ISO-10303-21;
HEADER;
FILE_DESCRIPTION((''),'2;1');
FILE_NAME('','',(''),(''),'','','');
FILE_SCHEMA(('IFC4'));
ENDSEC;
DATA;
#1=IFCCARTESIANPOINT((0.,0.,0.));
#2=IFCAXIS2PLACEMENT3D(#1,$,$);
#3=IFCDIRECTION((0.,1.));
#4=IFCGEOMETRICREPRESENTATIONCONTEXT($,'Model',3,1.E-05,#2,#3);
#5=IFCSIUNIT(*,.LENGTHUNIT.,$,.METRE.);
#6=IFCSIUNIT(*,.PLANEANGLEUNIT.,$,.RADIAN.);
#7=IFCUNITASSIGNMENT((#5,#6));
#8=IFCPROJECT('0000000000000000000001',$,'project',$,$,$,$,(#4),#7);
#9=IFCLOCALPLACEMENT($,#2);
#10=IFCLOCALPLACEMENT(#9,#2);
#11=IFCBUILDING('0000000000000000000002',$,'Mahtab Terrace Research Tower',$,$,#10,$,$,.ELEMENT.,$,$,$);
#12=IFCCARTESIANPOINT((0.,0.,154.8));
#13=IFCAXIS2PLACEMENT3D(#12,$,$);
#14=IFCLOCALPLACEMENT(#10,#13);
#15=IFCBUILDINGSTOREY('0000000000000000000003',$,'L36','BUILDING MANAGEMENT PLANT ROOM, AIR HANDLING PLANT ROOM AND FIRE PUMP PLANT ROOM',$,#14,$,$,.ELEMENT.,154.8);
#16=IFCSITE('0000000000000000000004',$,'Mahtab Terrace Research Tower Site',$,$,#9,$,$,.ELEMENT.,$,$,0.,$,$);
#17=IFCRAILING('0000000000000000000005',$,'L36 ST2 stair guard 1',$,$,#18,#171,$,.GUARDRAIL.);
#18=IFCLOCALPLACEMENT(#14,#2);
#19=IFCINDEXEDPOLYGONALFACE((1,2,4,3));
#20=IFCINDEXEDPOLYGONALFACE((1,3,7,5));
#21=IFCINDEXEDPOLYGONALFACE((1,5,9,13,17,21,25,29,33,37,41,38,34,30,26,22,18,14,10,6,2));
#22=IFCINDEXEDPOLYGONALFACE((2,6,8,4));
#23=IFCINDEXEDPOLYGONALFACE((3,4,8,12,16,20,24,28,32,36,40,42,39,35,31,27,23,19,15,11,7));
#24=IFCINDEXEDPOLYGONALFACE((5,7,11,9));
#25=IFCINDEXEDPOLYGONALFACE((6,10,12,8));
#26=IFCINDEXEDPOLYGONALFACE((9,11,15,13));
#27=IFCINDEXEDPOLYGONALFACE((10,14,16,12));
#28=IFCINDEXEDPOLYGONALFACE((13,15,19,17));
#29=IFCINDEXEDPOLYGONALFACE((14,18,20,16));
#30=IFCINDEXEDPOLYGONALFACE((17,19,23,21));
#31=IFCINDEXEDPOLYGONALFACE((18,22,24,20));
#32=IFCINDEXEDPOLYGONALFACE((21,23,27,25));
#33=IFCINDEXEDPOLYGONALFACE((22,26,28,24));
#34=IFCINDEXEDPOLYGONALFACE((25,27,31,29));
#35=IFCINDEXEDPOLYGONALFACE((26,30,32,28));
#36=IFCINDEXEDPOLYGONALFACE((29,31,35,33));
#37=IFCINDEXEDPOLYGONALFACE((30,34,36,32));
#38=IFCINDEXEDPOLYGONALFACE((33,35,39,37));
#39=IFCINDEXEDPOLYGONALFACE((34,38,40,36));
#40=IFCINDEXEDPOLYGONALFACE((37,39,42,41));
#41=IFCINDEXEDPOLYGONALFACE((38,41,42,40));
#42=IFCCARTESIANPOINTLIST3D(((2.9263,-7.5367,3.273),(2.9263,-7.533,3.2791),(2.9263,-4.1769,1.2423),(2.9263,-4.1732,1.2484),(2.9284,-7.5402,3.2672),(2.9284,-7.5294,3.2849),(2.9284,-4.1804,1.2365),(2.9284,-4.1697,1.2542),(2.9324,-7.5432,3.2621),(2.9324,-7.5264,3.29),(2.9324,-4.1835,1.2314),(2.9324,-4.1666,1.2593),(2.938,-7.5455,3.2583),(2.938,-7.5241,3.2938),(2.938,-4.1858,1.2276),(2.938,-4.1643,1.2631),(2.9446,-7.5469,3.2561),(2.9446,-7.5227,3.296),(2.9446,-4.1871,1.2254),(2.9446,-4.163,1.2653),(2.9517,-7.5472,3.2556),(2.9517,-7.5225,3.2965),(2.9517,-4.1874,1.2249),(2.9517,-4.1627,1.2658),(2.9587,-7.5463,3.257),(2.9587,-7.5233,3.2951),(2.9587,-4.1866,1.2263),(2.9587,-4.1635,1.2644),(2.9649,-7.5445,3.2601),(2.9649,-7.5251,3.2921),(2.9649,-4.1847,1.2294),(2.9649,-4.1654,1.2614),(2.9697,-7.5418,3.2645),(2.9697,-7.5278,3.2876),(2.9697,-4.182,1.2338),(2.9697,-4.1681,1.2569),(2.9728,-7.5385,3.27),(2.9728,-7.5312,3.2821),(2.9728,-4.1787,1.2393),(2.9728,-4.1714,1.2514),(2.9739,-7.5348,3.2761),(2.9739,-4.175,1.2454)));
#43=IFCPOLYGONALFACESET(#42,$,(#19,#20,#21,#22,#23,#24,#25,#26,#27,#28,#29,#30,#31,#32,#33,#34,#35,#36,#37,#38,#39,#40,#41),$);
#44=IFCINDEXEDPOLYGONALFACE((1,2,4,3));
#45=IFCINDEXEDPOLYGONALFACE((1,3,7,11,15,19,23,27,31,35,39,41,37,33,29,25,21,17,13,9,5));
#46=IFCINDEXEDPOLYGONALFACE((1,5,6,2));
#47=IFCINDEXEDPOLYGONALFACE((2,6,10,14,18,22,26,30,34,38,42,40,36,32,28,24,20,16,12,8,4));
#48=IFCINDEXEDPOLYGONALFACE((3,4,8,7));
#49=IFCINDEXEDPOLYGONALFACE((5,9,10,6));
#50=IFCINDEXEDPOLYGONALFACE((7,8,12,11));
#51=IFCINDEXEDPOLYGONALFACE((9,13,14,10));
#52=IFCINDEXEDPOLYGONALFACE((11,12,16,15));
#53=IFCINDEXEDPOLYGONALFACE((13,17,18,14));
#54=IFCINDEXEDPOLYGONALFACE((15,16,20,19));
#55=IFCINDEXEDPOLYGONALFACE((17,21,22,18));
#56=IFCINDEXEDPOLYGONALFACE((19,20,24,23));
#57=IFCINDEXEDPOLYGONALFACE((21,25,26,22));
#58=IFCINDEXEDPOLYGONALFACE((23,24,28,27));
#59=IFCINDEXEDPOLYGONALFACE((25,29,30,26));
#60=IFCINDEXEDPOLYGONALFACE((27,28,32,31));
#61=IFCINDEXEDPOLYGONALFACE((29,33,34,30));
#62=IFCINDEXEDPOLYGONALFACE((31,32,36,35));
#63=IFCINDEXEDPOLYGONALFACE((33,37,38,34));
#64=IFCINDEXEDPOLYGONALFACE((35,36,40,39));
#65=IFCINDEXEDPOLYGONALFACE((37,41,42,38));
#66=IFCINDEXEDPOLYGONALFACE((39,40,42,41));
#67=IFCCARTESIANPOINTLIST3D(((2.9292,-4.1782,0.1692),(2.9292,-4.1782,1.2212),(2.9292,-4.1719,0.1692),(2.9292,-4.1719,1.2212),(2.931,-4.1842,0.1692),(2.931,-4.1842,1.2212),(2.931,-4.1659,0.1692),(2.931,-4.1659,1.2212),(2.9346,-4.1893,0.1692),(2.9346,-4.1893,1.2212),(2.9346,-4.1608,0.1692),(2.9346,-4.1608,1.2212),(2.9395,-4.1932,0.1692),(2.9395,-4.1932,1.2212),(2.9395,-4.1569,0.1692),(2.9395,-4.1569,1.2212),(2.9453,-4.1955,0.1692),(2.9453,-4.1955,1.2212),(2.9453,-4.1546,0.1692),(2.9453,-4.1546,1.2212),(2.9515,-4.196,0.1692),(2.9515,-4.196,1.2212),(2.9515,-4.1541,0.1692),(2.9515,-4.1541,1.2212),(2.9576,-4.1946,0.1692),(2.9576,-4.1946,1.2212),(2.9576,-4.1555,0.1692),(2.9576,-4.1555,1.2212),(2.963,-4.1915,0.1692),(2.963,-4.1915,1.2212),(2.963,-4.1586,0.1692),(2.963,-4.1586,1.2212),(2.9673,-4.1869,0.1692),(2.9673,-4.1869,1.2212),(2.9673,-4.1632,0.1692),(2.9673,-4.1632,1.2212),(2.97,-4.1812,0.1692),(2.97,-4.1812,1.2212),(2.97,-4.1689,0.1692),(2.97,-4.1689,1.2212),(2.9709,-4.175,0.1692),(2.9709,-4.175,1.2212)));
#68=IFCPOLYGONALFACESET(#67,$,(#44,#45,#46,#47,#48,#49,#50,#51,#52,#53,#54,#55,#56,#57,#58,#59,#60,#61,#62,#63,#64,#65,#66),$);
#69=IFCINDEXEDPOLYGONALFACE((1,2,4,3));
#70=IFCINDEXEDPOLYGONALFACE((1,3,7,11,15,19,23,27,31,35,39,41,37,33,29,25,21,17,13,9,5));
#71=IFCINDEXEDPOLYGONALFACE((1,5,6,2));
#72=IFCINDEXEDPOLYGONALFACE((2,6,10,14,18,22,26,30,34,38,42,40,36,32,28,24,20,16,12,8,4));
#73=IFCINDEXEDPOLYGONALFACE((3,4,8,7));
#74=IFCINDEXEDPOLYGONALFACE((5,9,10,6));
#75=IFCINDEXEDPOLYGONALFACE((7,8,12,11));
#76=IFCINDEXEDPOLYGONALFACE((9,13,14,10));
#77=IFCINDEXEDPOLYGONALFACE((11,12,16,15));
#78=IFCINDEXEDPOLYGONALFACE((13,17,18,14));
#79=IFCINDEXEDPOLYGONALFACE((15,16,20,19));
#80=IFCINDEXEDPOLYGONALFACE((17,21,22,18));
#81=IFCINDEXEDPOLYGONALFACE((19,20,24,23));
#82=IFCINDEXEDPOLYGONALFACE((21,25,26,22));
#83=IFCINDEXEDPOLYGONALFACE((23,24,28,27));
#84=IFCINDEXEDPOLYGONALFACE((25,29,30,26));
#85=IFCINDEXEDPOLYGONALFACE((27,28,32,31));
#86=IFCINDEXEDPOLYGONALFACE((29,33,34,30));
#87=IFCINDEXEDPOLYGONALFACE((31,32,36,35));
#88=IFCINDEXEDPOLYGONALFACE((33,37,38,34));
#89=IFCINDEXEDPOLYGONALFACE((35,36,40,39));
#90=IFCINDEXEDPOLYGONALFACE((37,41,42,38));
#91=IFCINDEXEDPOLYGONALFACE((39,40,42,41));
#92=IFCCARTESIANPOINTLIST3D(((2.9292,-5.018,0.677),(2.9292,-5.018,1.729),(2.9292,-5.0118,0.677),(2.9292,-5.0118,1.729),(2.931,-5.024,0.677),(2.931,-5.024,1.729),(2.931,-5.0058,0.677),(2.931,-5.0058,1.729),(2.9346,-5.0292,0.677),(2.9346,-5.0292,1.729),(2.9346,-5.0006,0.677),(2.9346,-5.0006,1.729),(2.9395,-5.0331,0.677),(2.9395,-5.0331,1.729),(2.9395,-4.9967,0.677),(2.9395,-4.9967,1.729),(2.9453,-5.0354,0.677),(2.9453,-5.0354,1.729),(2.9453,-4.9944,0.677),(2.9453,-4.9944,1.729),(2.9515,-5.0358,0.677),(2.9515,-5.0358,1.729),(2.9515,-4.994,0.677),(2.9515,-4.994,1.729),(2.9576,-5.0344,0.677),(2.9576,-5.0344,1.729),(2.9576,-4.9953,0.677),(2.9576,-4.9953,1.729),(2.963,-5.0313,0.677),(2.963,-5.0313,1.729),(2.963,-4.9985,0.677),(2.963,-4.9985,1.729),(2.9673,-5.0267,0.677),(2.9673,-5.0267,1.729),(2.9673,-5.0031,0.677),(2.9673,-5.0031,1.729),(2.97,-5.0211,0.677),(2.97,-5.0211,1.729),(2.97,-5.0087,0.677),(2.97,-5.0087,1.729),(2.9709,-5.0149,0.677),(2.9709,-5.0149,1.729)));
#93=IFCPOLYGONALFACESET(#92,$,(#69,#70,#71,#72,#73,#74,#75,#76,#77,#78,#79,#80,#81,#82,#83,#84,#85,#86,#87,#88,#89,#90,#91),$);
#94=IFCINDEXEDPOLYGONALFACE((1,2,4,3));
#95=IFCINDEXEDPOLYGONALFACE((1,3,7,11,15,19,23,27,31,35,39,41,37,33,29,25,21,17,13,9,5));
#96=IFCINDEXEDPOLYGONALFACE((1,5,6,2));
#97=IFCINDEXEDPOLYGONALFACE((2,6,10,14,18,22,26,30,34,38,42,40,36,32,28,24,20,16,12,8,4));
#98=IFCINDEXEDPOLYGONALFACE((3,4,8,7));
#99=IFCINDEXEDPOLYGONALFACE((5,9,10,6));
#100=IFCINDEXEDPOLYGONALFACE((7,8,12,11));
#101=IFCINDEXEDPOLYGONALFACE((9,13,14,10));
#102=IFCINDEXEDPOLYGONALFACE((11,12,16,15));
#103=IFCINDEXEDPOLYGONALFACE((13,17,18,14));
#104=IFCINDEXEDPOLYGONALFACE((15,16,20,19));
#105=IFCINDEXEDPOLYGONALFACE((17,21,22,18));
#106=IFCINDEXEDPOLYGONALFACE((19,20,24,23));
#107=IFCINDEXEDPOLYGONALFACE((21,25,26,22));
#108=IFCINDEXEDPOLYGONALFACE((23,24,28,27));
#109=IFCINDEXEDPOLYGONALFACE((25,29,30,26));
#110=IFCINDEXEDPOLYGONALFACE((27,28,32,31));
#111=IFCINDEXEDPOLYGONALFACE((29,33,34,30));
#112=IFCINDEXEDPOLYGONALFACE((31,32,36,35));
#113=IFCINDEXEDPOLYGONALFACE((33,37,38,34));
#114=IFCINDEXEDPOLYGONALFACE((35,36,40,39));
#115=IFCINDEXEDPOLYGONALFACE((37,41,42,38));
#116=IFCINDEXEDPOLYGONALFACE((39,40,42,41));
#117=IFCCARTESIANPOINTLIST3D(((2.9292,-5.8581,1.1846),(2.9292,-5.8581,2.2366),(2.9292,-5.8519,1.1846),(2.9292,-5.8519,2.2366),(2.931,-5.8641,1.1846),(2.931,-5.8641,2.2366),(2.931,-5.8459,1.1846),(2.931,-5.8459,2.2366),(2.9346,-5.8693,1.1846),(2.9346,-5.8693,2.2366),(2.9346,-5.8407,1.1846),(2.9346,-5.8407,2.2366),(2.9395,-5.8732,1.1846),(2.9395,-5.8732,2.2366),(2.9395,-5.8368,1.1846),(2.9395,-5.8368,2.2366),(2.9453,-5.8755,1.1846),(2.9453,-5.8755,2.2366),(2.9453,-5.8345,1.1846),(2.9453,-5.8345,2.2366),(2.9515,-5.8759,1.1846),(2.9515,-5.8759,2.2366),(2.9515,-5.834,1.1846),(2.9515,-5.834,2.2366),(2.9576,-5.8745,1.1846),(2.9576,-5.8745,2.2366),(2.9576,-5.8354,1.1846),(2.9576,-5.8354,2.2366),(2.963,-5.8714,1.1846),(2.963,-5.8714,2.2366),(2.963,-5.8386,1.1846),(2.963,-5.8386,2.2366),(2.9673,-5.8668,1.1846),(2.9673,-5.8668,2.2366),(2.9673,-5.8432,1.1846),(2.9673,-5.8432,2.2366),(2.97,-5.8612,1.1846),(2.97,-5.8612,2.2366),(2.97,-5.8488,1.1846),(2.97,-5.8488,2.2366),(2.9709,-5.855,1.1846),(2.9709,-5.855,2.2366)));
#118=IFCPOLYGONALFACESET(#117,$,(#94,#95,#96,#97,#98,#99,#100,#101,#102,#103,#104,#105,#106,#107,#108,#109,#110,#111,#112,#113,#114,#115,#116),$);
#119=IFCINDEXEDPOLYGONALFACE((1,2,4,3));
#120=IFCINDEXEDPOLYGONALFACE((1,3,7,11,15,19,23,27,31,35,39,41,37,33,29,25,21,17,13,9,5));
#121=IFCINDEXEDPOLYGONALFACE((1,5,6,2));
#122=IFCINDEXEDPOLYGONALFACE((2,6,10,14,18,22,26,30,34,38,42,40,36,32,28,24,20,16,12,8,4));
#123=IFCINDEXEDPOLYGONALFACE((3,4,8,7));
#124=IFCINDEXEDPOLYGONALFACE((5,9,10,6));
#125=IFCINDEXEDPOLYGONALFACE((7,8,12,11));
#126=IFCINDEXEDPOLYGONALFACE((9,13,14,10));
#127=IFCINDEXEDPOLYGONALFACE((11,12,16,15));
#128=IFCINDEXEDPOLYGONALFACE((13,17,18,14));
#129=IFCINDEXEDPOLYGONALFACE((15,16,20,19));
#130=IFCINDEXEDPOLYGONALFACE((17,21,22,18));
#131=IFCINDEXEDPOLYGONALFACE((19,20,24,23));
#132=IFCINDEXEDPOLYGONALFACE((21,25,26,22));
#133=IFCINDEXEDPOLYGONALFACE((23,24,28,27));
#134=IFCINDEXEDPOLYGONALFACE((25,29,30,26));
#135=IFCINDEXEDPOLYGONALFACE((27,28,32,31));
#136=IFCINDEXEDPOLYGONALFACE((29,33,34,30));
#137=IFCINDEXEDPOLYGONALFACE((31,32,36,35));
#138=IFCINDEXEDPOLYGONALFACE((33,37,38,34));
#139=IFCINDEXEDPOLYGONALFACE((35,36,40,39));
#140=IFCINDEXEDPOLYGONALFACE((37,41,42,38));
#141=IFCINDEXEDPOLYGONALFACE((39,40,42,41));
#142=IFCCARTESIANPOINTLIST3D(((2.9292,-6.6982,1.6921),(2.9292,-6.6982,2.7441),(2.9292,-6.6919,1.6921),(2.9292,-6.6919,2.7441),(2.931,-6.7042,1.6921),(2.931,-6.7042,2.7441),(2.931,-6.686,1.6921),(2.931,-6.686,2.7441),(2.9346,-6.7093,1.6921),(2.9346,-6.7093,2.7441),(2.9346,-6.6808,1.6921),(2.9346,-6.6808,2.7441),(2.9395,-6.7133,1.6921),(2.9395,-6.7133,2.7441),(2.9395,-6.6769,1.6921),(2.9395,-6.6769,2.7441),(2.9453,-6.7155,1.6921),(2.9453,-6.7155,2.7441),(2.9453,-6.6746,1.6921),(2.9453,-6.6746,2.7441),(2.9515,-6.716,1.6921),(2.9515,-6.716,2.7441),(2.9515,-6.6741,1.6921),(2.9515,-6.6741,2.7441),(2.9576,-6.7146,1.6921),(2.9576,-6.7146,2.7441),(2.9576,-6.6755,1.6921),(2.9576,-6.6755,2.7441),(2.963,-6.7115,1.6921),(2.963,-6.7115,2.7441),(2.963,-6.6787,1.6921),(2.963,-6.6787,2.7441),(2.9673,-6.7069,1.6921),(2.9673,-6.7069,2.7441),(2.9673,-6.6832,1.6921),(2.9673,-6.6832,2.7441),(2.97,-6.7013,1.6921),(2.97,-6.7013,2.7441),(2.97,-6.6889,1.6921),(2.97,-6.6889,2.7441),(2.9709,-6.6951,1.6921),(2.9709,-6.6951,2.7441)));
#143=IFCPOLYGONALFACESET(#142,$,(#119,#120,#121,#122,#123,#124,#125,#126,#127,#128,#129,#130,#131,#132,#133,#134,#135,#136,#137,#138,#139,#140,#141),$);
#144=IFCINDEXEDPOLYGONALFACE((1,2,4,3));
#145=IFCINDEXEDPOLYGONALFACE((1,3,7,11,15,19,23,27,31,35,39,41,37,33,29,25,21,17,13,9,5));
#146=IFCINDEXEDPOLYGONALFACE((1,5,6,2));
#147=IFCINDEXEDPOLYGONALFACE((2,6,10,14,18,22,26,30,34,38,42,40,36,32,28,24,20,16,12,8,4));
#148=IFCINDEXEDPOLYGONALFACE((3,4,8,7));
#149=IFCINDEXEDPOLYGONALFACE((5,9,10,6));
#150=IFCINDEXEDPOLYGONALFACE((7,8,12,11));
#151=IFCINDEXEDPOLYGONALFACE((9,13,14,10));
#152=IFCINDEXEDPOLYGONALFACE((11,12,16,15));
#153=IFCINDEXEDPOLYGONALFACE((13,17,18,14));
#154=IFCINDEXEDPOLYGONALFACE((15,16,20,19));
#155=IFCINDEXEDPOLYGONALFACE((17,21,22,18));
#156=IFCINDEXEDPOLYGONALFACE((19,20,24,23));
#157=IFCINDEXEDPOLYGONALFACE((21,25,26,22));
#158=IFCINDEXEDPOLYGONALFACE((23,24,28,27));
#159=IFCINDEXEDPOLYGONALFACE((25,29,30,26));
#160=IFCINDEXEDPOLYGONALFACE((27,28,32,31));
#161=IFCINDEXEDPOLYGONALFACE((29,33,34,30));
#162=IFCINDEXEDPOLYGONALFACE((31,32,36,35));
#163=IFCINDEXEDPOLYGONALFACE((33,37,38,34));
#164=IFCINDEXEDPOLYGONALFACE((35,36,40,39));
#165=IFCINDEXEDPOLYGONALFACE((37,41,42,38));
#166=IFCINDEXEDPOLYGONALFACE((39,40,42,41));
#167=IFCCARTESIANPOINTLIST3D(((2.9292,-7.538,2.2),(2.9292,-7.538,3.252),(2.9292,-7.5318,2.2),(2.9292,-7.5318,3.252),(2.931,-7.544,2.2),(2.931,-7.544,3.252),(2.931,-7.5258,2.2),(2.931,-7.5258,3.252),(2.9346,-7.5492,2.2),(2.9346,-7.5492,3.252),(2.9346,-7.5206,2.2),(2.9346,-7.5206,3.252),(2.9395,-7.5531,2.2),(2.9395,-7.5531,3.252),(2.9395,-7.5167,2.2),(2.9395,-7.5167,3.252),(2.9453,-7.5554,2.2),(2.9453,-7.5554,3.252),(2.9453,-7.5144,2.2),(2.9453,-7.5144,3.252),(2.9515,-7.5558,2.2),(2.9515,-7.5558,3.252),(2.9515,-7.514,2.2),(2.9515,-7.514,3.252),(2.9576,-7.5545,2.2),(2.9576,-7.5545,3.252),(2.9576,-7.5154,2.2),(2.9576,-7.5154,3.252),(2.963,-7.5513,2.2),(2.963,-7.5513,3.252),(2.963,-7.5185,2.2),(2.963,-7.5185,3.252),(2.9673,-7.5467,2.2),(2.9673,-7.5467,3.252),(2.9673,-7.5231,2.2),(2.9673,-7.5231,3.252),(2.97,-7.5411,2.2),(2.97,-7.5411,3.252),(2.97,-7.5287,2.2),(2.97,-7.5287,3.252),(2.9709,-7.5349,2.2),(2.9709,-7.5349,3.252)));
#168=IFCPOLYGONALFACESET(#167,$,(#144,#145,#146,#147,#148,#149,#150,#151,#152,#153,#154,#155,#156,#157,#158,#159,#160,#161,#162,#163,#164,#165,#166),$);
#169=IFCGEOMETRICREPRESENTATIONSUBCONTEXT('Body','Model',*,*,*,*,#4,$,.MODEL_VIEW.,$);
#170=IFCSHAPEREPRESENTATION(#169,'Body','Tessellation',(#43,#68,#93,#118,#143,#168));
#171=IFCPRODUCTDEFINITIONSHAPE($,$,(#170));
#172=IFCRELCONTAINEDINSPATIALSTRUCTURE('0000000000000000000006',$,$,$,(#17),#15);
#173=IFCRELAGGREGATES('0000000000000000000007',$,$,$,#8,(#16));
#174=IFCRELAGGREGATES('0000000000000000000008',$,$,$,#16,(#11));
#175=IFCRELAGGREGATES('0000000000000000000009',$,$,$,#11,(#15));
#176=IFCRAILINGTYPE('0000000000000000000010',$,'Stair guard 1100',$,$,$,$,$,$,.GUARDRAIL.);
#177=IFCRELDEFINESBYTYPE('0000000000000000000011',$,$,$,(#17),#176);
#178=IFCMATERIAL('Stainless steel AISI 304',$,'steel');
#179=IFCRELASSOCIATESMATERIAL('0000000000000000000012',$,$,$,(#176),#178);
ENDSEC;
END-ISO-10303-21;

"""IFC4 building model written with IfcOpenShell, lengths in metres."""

from ifc_helpers import new_model, si_unit, direction, frame, origin, origin_2d, place, context, subcontext, project, spatial, circle, extrude, material, type_object, element, save


model = new_model("IFC4")

# Units and contexts
model_context = context("Model", 3, precision=1e-05, world=origin(), true_north=direction((0.0, 1.0)))
body_context = subcontext(model_context, "Body", "Model", "MODEL_VIEW")
ifc_project = project(units=[si_unit("LENGTHUNIT", "METRE"), si_unit("PLANEANGLEUNIT", "RADIAN")], contexts=[model_context])

# Site, building, storey
site_placement = place(None, origin())
site = spatial("IfcSite", under=ifc_project, at=site_placement, Name="Mahtab Terrace Research Tower Site", CompositionType="ELEMENT", RefElevation=0.0)
building_placement = place(site_placement, origin())
building = spatial("IfcBuilding", under=site, at=building_placement, Name="Mahtab Terrace Research Tower", CompositionType="ELEMENT")
storey_placement = place(building_placement, frame((0.0, 0.0, 154.8)))
storey = spatial("IfcBuildingStorey", under=building, at=storey_placement, Name="L36", Description="BUILDING MANAGEMENT PLANT ROOM, AIR HANDLING PLANT ROOM AND FIRE PUMP PLANT ROOM", CompositionType="ELEMENT", Elevation=154.8)

# Railing
ifc_material_1 = material(Name="Stainless steel AISI 304", Category="steel")
railing_type_1 = type_object("IfcRailingType", Name="Stair guard 1100", PredefinedType="GUARDRAIL", material=ifc_material_1)
railing_1_placement = place(storey_placement, frame((2.95, -4.175, 0.1692)))
element("IfcRailing", 1, at=railing_1_placement, inside=storey, type_object=railing_type_1, Name="L36 ST2 stair guard 1", PredefinedType="GUARDRAIL", context=body_context, shape_type="SweptSolid", body=[
    extrude(circle(Radius=0.0239, at=origin_2d()), frame((0.0, 0.0, 1.0762), z_axis=(0.0, -0.85582, 0.517273), x_axis=(1.0, 0.0, 0.0)), (0.0, 0.0, 1.0), 3.9258),
    extrude(circle(Radius=0.021, at=origin_2d()), origin(), (0.0, 0.0, 1.0), 1.052),
    extrude(circle(Radius=0.021, at=origin_2d()), frame((0.0, -0.8398, 0.5078)), (0.0, 0.0, 1.0), 1.052),
    extrude(circle(Radius=0.021, at=origin_2d()), frame((0.0, -1.6799, 1.0154)), (0.0, 0.0, 1.0), 1.052),
    extrude(circle(Radius=0.021, at=origin_2d()), frame((0.0, -2.52, 1.5229)), (0.0, 0.0, 1.0), 1.052),
    extrude(circle(Radius=0.021, at=origin_2d()), frame((0.0, -3.3599, 2.0308)), (0.0, 0.0, 1.0), 1.052),
])

save(model, "model.ifc")
